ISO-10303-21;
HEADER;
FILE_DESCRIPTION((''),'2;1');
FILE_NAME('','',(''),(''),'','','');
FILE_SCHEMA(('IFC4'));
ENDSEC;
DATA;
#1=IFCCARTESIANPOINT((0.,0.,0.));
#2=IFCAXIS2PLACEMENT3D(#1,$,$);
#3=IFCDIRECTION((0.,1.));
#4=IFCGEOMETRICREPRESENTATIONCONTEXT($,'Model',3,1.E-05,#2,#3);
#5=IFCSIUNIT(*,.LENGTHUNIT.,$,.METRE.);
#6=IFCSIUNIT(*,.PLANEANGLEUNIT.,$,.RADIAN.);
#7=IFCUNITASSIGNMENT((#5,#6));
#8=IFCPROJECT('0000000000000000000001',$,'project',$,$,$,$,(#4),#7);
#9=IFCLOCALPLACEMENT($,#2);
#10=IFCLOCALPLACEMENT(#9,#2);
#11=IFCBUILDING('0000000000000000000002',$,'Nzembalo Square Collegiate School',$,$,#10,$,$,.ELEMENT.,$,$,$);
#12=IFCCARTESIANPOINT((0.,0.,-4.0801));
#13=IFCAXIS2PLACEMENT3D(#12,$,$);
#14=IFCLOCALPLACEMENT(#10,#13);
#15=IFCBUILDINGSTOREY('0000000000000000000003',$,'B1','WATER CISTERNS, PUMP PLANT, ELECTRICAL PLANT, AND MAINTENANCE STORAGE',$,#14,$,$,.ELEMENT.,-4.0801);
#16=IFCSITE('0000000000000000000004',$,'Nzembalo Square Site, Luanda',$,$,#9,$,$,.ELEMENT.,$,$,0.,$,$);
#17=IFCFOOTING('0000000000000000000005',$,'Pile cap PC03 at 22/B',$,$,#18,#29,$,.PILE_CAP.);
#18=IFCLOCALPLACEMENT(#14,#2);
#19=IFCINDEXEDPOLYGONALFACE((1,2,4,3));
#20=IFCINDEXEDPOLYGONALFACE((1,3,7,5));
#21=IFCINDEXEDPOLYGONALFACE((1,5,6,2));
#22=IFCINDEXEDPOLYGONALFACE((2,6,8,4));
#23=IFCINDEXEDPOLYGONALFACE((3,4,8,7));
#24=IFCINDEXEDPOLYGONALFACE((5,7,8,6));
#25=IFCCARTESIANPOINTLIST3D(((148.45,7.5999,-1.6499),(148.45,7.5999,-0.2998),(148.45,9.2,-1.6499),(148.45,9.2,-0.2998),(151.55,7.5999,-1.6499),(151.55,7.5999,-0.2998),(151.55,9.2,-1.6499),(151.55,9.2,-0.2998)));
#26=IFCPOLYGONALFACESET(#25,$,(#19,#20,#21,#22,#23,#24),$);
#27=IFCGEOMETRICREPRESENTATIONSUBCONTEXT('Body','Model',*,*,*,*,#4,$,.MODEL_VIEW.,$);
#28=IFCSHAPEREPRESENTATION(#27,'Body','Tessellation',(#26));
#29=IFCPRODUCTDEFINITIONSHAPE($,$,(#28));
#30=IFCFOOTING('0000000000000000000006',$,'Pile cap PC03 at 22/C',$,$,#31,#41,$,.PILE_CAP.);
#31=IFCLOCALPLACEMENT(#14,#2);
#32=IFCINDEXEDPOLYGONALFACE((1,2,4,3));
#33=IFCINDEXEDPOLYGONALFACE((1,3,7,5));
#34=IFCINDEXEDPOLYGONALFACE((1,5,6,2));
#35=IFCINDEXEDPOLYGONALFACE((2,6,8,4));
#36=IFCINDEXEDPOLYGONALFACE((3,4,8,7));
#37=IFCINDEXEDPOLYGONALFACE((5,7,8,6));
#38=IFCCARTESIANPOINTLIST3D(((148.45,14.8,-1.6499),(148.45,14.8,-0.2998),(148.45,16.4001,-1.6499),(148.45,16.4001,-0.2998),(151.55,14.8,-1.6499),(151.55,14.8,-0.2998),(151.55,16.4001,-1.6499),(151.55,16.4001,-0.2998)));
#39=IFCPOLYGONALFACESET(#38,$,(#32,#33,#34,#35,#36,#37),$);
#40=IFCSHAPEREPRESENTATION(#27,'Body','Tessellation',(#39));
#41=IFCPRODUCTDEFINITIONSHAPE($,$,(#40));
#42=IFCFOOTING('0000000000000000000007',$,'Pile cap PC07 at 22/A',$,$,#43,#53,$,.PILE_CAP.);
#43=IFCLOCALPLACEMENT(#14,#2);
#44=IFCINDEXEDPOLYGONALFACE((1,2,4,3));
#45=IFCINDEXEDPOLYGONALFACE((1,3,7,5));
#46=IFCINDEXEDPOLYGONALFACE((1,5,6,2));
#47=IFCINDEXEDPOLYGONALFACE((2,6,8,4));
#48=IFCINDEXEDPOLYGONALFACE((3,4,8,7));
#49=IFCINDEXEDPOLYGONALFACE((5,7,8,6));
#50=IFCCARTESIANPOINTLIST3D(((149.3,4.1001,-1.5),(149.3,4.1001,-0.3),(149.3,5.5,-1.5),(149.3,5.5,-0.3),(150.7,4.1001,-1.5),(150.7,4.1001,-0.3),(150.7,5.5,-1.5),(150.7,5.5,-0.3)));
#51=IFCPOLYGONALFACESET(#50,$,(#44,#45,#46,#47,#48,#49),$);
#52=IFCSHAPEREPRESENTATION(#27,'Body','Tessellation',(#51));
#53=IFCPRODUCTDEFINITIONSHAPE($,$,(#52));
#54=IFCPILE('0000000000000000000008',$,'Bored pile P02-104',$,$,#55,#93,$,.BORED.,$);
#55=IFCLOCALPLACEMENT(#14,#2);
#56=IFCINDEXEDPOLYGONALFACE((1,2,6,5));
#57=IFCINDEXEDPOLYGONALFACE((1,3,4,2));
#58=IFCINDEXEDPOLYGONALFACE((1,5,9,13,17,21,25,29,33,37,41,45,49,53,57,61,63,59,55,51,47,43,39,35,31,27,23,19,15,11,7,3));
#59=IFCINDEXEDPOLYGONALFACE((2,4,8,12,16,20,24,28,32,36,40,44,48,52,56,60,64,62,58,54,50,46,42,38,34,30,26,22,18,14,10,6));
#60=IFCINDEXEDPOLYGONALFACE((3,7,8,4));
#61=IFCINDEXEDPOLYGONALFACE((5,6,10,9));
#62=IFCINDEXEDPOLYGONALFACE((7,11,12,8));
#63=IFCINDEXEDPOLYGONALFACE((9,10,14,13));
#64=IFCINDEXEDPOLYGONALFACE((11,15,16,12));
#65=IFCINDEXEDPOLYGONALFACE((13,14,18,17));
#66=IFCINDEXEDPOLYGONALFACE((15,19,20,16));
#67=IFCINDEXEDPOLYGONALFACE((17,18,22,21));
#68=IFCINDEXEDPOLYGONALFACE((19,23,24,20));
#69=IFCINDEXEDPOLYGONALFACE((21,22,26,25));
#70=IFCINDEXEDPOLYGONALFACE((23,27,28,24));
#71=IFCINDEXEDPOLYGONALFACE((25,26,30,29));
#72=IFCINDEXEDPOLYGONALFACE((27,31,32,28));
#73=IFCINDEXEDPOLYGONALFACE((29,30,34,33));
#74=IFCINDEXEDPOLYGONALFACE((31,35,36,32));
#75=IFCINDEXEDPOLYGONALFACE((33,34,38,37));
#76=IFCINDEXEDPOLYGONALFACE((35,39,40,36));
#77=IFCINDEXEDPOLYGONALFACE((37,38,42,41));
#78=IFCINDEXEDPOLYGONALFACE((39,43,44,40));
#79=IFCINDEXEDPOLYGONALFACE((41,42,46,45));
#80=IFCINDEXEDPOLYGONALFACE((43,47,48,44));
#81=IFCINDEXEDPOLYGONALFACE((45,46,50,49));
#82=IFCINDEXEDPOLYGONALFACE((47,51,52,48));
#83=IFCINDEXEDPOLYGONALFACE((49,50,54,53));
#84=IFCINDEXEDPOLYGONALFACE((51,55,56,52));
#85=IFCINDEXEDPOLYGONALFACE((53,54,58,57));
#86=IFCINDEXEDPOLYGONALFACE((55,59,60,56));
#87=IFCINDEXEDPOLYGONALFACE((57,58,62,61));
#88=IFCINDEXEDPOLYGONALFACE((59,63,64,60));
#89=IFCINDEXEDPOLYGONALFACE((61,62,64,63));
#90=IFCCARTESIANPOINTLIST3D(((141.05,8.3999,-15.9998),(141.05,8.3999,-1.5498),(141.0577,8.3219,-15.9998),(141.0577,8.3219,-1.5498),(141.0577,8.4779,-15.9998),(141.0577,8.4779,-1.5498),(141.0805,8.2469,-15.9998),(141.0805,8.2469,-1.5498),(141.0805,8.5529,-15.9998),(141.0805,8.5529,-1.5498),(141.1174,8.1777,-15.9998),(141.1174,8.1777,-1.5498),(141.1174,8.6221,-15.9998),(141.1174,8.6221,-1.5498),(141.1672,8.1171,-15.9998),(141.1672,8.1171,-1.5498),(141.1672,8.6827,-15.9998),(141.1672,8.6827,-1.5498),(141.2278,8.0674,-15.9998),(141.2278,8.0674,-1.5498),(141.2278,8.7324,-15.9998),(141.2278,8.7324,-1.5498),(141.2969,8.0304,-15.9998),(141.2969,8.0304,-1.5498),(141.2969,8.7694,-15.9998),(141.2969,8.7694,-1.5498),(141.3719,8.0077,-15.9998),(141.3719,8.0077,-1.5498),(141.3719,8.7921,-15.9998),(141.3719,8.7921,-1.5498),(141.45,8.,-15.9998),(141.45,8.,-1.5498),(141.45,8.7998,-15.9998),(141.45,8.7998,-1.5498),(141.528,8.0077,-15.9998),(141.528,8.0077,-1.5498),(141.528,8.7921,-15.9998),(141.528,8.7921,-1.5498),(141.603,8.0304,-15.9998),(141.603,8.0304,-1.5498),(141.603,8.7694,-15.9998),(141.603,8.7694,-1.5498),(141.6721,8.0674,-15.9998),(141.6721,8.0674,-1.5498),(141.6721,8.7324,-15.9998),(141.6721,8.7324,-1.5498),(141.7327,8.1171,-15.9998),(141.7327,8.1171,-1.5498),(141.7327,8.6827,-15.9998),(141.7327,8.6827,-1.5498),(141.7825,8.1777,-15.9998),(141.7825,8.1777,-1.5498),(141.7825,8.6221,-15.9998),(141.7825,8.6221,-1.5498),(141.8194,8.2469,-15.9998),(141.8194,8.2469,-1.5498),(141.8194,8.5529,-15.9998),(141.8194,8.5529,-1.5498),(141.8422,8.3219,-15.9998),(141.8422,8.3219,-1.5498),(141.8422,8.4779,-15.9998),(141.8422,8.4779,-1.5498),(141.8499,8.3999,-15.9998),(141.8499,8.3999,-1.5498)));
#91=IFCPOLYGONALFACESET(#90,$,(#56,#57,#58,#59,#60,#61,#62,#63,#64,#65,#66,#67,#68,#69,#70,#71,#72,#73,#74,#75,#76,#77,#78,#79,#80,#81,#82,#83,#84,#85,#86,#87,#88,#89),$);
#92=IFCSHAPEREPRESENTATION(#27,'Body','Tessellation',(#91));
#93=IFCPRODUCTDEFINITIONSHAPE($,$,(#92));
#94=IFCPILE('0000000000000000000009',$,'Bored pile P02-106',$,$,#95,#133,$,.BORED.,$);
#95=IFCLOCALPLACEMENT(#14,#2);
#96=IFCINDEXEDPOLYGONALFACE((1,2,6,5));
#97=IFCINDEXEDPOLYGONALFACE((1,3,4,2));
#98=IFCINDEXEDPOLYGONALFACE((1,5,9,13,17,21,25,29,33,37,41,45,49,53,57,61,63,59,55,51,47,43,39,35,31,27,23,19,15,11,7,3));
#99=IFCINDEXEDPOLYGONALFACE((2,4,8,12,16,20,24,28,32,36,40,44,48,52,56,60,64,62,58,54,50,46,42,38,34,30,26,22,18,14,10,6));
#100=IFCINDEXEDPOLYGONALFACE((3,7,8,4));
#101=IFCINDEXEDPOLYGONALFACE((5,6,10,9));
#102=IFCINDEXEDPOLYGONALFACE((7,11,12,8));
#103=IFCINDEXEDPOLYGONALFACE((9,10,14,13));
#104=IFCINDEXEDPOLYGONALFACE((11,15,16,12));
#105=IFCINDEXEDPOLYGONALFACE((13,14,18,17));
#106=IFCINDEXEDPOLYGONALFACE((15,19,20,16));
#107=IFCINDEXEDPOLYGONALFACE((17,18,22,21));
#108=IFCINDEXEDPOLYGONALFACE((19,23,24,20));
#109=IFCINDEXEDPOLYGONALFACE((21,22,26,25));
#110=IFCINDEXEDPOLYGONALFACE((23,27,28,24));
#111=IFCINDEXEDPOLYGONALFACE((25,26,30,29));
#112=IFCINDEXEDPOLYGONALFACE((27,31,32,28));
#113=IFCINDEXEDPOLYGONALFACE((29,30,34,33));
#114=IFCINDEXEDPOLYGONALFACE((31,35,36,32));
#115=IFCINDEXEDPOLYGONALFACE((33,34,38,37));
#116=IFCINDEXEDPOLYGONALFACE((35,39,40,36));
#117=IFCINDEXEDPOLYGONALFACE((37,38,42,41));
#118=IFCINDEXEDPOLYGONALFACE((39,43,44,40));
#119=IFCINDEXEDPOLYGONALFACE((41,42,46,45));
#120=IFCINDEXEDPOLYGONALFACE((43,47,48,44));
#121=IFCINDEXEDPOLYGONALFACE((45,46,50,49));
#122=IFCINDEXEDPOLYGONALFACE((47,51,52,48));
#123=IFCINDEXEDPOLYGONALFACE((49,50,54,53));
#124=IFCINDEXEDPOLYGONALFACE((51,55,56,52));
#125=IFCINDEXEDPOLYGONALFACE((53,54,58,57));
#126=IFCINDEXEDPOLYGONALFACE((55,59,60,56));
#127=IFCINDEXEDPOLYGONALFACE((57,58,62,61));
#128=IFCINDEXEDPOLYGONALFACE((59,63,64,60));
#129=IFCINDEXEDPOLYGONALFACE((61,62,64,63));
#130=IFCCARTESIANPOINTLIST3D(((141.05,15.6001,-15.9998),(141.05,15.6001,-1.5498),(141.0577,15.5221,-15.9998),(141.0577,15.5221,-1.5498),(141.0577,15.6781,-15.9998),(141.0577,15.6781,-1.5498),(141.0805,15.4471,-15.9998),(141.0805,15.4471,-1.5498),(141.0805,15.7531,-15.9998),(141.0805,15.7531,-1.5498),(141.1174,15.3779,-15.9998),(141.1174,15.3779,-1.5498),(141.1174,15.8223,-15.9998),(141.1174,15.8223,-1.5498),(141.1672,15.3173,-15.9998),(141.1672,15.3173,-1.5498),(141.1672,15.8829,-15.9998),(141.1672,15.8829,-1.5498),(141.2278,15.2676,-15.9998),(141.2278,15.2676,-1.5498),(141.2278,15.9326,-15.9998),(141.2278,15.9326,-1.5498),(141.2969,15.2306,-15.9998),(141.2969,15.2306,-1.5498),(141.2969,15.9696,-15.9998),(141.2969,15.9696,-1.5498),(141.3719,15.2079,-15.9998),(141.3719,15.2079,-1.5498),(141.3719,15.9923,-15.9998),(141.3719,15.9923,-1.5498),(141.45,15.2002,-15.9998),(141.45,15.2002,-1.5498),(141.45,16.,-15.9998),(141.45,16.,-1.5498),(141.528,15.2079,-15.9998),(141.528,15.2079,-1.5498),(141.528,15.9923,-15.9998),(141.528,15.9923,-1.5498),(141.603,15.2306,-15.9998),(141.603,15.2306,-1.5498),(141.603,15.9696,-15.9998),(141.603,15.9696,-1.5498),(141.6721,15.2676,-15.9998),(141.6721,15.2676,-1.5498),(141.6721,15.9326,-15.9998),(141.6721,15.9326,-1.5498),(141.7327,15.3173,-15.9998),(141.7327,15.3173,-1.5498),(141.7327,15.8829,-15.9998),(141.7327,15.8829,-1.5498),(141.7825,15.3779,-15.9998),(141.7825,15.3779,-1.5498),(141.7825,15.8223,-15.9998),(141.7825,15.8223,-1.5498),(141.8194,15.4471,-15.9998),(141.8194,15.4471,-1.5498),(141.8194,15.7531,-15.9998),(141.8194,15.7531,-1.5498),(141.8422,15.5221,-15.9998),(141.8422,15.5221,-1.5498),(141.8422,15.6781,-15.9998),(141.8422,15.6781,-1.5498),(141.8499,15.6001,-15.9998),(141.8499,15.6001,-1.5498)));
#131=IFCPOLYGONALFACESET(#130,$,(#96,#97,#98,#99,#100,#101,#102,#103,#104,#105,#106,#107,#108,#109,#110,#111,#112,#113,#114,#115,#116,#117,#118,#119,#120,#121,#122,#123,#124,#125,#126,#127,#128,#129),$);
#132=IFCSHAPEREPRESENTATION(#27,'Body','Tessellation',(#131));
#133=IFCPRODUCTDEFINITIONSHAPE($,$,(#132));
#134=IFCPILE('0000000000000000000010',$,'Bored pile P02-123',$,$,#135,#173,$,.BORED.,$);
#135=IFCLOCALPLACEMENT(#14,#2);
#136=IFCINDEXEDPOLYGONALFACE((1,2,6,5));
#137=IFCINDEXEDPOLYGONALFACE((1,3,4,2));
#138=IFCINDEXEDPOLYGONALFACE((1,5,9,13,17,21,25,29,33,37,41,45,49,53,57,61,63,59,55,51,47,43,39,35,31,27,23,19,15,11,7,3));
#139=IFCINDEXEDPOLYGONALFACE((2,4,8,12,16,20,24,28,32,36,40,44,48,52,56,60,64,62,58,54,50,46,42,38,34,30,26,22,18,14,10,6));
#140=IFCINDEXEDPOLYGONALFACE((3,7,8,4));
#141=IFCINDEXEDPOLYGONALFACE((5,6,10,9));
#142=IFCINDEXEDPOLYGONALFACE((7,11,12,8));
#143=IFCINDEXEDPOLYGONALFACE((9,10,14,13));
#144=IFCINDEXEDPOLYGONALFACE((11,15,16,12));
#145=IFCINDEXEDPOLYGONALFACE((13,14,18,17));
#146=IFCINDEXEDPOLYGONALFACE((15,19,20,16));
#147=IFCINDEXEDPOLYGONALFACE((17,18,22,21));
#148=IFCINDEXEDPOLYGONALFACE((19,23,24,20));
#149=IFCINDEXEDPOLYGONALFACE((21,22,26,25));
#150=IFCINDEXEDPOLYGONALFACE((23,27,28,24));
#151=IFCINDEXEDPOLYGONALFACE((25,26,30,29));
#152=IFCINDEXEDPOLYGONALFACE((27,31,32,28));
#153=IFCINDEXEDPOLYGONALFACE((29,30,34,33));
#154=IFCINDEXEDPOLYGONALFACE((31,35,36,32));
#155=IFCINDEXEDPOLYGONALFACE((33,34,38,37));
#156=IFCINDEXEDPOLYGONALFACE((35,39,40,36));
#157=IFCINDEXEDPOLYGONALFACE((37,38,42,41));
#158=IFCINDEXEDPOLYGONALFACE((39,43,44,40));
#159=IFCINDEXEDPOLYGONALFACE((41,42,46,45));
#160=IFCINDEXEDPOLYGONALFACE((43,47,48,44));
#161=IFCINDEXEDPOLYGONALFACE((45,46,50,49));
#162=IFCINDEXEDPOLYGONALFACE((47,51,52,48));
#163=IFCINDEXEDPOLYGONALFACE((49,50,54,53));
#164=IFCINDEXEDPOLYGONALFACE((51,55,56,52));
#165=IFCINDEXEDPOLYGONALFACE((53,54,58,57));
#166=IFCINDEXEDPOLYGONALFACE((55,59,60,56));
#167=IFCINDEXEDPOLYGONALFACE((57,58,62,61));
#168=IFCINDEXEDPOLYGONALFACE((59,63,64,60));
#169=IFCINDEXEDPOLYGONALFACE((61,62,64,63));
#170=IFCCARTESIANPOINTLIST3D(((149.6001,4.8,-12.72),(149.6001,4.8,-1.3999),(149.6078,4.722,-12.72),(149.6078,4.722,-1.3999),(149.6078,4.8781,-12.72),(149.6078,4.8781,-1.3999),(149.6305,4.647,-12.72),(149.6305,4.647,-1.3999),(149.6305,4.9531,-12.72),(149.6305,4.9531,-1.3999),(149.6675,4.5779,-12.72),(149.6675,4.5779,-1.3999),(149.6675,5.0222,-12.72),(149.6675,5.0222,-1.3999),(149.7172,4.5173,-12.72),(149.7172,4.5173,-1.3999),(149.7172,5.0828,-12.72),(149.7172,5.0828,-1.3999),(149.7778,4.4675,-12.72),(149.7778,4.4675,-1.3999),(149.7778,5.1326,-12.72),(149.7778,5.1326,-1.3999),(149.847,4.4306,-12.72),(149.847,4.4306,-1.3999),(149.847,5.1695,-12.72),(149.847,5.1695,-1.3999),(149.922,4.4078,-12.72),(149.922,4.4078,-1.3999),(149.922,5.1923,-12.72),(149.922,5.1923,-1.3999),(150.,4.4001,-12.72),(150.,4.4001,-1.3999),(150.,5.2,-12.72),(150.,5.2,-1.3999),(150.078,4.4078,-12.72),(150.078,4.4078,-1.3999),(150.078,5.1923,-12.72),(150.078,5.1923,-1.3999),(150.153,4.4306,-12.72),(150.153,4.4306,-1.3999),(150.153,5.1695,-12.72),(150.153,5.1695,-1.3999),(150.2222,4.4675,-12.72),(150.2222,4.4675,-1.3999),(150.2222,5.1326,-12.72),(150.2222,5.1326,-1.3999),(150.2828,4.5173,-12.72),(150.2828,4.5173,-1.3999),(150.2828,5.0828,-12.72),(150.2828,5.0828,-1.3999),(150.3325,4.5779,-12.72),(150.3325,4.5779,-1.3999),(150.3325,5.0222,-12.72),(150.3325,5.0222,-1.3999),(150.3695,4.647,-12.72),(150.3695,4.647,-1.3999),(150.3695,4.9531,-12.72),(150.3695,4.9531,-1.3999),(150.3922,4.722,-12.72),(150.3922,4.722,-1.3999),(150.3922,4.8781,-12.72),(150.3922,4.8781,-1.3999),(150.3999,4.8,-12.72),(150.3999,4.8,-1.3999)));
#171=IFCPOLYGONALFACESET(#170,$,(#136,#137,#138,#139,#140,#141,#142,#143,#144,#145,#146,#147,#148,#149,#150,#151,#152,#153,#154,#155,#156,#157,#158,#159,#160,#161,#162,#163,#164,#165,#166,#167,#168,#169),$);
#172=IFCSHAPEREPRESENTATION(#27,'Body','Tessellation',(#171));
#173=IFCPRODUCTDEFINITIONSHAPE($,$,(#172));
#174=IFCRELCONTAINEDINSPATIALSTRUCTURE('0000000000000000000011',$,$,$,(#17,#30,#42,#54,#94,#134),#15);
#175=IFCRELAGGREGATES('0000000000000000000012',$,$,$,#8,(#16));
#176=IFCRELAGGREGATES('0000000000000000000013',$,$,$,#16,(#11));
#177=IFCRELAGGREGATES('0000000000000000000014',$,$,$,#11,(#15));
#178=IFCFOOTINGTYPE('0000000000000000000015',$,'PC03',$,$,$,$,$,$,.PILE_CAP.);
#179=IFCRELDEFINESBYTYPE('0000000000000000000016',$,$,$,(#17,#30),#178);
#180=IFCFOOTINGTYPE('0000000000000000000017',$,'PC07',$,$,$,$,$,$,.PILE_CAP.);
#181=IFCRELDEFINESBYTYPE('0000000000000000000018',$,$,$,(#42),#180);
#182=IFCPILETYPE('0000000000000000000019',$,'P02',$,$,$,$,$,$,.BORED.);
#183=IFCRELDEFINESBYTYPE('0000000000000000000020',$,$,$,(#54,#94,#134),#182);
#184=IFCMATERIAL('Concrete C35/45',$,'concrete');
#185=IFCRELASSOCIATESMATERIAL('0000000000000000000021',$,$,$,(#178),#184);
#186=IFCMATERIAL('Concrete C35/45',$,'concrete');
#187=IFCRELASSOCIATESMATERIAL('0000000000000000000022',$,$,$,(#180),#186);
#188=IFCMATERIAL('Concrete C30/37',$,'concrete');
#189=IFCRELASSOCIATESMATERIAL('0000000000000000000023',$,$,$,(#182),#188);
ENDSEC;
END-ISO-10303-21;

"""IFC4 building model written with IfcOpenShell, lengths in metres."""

from ifc_helpers import new_model, si_unit, direction, frame, origin, origin_2d, place, context, subcontext, project, spatial, rectangle, circle, extrude, material, material_profile, profile_set, type_object, element, save


model = new_model("IFC4")

# Units and contexts
model_context = context("Model", 3, precision=1e-05, world=origin(), true_north=direction((0.0, 1.0)))
body_context = subcontext(model_context, "Body", "Model", "MODEL_VIEW")
ifc_project = project(units=[si_unit("LENGTHUNIT", "METRE"), si_unit("PLANEANGLEUNIT", "RADIAN")], contexts=[model_context])

# Site, building, storey
site_placement = place(None, origin())
site = spatial("IfcSite", under=ifc_project, at=site_placement, Name="Nzembalo Square Site, Luanda", CompositionType="ELEMENT", RefElevation=0.0)
building_placement = place(site_placement, origin())
building = spatial("IfcBuilding", under=site, at=building_placement, Name="Nzembalo Square Collegiate School", CompositionType="ELEMENT")
storey_placement = place(building_placement, frame((0.0, 0.0, -4.0801)))
storey = spatial("IfcBuildingStorey", under=building, at=storey_placement, Name="B1", Description="WATER CISTERNS, PUMP PLANT, ELECTRICAL PLANT, AND MAINTENANCE STORAGE", CompositionType="ELEMENT", Elevation=-4.0801)

# Footings
ifc_material_1 = material(Name="Concrete C35/45", Category="concrete")
footing_type_1 = type_object("IfcFootingType", Name="PC03", PredefinedType="PILE_CAP", material=ifc_material_1)
for number, where, z_axis, x_axis, name in (
    (1, (150.0, 8.3999, -1.6499), (0.0, 0.0, 1.0), (1.0, 0.0, 0.0), "Pile cap PC03 at 22/B"),
    (2, (150.0, 15.6001, -1.6499), (0.0, 0.0, 1.0), (1.0, 0.0, 0.0), "Pile cap PC03 at 22/C"),
):
    element("IfcFooting", number, at=place(storey_placement, frame(where, z_axis=z_axis, x_axis=x_axis)), inside=storey, type_object=footing_type_1, Name=name, PredefinedType="PILE_CAP", context=body_context, shape_type="SweptSolid", body=[
        extrude(rectangle(XDim=3.1001, YDim=1.6001, at=origin_2d()), origin(), (0.0, 0.0, 1.0), 1.3501),
    ])
ifc_material_2 = material(Name="Concrete C35/45", Category="concrete")
footing_type_2 = type_object("IfcFootingType", Name="PC07", PredefinedType="PILE_CAP", material=ifc_material_2)
footing_placement = place(storey_placement, frame((150.0, 4.8, -1.5), z_axis=(0.0, 0.0, 1.0), x_axis=(1.0, 0.0, 0.0)))
element("IfcFooting", 3, at=footing_placement, inside=storey, type_object=footing_type_2, Name="Pile cap PC07 at 22/A", PredefinedType="PILE_CAP", context=body_context, shape_type="SweptSolid", body=[
    extrude(rectangle(XDim=1.3999, YDim=1.3999, at=origin_2d()), origin(), (0.0, 0.0, 1.0), 1.2),
])

# Piles
ifc_material_3 = material(Name="Concrete C30/37", Category="concrete")
ifc_material_profile_1 = material_profile(ifc_material_3, circle(Radius=0.3999, at=origin_2d()), Name="PILE D800")
ifc_profile_set_1 = profile_set([ifc_material_profile_1], Name="Concrete C30/37")
pile_type = type_object("IfcPileType", Name="P02", PredefinedType="BORED", material=ifc_profile_set_1)
for number, where, z_axis, x_axis, name in (
    (4, (141.45, 8.3999, -1.5498), (0.0, 0.0, -1.0), (1.0, 0.0, 0.0), "Bored pile P02-104"),
    (5, (141.45, 15.6001, -1.5498), (0.0, 0.0, -1.0), (1.0, 0.0, 0.0), "Bored pile P02-106"),
):
    element("IfcPile", number, at=place(storey_placement, frame(where, z_axis=z_axis, x_axis=x_axis)), inside=storey, type_object=pile_type, Name=name, PredefinedType="BORED", context=body_context, shape_type="SweptSolid", body=[
        extrude(circle(Radius=0.3999, at=origin_2d()), origin(), (0.0, 0.0, 1.0), 14.45),
    ])
pile_placement = place(storey_placement, frame((150.0, 4.8, -1.3999), z_axis=(0.0, 0.0, -1.0), x_axis=(1.0, 0.0, 0.0)))
element("IfcPile", 6, at=pile_placement, inside=storey, type_object=pile_type, Name="Bored pile P02-123", PredefinedType="BORED", context=body_context, shape_type="SweptSolid", body=[
    extrude(circle(Radius=0.3999, at=origin_2d()), origin(), (0.0, 0.0, 1.0), 11.3201),
])

save(model, "model.ifc")
